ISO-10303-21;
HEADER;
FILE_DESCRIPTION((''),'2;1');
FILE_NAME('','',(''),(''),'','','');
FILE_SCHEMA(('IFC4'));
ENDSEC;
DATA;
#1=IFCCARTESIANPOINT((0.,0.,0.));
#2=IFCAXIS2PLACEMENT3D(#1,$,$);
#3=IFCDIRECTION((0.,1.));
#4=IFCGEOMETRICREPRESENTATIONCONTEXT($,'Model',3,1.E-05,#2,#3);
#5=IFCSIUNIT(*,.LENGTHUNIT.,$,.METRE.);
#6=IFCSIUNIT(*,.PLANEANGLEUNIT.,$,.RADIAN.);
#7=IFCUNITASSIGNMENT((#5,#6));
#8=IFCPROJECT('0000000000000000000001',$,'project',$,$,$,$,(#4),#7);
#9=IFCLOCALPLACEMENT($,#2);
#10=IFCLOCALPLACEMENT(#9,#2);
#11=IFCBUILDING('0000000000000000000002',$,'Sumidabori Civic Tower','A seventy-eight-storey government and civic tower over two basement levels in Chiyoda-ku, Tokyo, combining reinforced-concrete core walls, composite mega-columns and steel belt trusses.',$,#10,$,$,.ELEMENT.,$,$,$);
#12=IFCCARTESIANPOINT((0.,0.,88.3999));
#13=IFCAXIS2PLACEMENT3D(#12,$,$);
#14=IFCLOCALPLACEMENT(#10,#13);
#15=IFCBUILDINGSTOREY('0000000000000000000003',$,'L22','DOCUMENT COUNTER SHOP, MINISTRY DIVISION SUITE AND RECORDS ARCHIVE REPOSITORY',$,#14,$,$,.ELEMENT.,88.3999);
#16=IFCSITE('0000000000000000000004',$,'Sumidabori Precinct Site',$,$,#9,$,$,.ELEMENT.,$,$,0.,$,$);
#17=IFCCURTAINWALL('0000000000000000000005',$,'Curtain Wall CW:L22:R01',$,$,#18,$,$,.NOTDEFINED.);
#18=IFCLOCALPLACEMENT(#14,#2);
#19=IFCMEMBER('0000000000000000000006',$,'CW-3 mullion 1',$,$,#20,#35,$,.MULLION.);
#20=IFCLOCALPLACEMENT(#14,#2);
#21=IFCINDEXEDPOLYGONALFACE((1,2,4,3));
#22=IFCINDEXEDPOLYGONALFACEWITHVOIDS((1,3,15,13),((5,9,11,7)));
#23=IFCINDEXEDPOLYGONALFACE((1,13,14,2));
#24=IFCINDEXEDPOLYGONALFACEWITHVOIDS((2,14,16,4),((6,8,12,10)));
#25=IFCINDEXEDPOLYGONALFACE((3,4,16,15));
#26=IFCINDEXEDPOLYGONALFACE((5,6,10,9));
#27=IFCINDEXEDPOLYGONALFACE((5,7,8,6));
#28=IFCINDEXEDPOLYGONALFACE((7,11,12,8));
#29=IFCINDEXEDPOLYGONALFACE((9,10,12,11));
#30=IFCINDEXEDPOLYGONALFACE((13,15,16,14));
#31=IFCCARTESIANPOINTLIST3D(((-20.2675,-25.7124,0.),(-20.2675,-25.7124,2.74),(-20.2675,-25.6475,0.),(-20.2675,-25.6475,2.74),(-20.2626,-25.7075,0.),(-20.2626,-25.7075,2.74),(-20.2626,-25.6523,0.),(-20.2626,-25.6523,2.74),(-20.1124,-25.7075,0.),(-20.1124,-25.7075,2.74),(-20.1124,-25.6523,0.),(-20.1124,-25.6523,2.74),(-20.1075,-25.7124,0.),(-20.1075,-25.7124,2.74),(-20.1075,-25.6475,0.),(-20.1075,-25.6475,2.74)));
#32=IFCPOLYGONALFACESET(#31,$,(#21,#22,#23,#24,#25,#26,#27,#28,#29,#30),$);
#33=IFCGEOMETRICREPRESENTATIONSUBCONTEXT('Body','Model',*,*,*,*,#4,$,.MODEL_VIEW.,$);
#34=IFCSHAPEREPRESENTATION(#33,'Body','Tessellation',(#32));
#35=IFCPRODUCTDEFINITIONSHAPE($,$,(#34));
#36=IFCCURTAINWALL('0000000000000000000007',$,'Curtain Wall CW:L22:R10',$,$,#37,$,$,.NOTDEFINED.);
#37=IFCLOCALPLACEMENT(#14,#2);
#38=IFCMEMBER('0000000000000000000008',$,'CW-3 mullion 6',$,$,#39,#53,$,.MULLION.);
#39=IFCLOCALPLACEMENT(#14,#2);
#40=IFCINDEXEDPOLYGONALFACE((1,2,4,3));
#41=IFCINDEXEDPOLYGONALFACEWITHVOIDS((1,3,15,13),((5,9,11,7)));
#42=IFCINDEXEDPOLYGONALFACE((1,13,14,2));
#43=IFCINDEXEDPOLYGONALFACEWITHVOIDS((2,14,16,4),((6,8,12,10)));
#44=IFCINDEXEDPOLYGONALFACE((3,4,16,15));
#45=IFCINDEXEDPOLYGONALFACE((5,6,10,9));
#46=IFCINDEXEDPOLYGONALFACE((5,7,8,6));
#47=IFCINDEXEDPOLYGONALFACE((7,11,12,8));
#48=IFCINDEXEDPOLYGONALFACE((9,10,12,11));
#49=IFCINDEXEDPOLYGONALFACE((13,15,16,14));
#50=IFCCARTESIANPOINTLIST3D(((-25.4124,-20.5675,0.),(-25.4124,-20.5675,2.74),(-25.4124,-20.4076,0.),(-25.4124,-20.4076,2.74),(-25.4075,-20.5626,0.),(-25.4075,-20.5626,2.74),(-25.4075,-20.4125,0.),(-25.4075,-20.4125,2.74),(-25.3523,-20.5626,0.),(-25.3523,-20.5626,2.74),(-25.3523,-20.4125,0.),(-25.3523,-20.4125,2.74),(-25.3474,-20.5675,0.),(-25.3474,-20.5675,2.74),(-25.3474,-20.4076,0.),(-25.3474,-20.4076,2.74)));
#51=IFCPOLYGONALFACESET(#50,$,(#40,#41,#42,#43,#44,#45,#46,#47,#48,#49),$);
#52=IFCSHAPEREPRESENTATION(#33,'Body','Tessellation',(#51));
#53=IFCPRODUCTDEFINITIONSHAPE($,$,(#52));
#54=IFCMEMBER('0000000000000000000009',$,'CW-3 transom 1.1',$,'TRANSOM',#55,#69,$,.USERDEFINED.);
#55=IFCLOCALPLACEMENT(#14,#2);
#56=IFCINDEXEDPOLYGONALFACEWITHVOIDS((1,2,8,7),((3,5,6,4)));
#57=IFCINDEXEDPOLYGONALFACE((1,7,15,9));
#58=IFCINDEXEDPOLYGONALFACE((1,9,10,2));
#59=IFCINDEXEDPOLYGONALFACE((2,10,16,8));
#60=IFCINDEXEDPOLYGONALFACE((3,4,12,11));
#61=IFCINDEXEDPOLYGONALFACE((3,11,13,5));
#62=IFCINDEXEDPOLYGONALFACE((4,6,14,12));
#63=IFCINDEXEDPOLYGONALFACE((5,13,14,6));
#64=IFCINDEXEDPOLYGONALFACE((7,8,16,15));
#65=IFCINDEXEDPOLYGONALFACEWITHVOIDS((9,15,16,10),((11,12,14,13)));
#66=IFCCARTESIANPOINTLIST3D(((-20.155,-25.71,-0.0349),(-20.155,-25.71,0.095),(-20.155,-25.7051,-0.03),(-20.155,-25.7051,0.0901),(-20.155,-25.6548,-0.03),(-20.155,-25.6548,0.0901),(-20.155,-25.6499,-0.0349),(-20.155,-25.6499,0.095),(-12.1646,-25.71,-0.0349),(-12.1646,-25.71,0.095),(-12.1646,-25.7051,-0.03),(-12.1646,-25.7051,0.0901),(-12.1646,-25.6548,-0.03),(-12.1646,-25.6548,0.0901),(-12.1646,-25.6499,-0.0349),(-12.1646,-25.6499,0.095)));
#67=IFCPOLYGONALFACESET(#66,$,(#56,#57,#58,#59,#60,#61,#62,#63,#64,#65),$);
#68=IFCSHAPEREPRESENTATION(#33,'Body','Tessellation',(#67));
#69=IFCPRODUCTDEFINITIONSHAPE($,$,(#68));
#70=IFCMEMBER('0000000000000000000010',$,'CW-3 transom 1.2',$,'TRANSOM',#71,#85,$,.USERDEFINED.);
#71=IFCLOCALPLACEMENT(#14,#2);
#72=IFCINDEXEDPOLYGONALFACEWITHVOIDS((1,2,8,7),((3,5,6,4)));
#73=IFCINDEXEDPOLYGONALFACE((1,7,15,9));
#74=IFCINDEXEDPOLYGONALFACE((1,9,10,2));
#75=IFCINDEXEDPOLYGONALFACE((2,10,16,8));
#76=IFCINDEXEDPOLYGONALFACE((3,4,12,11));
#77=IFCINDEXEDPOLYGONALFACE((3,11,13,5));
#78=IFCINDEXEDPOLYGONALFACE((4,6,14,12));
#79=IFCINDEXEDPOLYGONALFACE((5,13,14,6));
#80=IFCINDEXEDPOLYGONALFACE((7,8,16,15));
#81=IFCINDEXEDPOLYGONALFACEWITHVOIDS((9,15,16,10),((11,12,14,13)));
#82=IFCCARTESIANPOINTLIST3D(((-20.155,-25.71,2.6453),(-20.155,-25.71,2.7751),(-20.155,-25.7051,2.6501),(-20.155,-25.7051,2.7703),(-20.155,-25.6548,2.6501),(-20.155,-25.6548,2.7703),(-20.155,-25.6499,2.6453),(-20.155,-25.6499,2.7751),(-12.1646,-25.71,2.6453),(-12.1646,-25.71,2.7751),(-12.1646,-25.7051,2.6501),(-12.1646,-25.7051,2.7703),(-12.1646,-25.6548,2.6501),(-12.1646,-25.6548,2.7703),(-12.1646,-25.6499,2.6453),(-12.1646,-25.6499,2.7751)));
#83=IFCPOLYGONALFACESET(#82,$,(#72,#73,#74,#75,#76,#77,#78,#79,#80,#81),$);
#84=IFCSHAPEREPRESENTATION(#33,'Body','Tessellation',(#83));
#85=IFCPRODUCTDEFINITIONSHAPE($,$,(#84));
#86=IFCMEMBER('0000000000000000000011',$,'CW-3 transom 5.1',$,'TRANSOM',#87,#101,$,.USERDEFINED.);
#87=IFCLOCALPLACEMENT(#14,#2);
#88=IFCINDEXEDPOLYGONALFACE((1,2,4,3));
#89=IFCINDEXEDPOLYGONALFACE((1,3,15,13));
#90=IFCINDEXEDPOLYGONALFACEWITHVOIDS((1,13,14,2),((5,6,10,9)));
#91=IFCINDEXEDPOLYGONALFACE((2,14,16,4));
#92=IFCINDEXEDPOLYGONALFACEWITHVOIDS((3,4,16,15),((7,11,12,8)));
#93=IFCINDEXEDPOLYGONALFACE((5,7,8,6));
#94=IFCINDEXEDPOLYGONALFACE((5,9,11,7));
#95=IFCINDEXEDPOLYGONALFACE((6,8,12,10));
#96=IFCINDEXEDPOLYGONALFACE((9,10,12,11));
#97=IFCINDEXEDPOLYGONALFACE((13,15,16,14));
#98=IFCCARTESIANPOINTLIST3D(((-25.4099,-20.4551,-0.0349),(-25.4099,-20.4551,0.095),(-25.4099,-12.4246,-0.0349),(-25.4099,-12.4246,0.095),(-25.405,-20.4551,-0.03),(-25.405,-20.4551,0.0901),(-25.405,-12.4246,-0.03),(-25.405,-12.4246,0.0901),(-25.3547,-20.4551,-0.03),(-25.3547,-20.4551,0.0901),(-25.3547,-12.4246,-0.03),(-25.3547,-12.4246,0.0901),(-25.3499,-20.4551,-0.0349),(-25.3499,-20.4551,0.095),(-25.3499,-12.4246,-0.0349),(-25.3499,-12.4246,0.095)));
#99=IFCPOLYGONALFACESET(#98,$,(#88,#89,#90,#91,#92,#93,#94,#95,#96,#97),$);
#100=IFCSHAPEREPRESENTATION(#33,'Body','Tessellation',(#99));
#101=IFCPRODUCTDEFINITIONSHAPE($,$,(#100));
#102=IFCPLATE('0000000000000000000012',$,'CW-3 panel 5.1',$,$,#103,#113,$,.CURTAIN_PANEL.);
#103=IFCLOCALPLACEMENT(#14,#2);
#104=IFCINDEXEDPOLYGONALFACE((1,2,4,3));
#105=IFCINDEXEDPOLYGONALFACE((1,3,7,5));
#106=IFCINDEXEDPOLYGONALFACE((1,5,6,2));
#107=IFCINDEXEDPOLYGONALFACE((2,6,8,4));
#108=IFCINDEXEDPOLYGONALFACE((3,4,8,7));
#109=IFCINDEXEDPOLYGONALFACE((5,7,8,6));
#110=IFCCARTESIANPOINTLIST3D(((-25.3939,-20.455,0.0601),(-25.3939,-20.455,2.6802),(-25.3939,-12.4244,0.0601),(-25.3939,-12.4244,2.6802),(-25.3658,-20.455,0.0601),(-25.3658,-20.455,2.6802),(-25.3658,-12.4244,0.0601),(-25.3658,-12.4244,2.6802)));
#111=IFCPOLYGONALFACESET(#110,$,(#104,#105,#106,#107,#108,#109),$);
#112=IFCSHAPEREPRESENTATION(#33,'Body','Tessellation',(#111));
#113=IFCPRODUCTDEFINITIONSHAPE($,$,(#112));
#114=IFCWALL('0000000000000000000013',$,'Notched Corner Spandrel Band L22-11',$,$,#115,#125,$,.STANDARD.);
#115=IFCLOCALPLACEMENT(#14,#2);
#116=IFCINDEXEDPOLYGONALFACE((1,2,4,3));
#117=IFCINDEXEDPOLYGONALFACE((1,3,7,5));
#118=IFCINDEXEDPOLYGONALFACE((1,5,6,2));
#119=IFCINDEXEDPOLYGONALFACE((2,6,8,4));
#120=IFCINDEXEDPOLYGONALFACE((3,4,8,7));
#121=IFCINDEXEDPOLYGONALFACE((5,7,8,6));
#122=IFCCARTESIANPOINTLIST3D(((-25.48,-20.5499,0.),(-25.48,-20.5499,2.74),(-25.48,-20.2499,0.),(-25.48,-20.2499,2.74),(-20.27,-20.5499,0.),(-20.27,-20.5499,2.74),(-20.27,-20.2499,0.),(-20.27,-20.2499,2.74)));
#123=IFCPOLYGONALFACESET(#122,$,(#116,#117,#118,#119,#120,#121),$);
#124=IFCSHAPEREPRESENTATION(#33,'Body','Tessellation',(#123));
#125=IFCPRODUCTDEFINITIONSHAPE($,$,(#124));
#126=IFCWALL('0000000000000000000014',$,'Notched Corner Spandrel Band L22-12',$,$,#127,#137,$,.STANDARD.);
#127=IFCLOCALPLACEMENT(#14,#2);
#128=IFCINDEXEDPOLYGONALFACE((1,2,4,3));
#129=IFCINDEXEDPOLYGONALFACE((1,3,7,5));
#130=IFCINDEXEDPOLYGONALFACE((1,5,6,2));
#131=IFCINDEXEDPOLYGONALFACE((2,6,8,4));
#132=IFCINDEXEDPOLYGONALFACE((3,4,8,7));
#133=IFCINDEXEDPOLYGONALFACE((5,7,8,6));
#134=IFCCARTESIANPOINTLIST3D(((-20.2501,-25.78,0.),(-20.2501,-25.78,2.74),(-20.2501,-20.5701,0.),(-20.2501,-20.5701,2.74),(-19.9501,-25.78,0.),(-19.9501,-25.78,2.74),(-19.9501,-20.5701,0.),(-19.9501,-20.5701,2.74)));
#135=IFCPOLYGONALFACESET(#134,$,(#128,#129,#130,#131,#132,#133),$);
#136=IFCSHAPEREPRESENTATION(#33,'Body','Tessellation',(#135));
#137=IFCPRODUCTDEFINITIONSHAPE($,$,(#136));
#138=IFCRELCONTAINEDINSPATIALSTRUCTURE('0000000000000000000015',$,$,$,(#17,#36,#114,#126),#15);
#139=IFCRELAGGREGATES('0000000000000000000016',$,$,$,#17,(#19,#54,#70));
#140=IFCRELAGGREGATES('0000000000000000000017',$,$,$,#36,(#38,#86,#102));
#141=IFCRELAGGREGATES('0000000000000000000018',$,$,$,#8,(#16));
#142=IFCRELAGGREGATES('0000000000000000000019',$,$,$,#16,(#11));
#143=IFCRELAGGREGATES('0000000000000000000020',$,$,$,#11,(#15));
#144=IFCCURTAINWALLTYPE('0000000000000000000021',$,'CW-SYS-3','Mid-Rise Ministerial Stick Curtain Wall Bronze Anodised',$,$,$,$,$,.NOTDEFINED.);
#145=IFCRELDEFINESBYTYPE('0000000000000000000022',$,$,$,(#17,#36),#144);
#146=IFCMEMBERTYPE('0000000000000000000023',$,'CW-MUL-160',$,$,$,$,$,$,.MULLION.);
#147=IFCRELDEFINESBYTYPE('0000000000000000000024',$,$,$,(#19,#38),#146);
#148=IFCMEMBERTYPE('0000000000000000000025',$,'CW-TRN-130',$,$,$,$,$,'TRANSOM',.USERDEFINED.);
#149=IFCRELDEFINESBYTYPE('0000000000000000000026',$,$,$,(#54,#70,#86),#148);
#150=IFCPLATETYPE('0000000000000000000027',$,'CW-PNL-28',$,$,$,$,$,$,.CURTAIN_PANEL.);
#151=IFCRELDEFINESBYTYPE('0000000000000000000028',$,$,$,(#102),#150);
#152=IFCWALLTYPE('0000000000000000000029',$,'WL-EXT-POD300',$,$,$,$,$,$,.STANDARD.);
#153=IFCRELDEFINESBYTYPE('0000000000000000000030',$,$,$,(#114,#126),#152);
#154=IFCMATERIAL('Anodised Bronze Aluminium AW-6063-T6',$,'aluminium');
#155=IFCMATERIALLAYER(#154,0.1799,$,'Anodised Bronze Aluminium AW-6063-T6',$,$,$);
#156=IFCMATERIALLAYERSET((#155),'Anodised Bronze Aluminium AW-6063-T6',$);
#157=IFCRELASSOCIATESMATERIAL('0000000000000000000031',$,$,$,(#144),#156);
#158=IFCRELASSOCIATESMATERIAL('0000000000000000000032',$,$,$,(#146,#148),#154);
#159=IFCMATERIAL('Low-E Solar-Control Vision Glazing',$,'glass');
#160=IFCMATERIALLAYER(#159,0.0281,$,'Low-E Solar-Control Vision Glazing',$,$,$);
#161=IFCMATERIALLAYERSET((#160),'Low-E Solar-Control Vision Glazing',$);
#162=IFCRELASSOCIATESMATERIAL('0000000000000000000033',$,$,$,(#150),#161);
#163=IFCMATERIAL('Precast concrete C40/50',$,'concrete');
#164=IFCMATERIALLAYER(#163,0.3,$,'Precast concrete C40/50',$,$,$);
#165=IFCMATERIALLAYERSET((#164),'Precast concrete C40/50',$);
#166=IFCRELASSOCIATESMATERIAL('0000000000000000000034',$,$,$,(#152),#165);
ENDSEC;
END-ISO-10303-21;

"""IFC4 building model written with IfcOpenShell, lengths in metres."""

from ifc_helpers import new_model, si_unit, direction, frame, frame_2d, origin, origin_2d, place, context, subcontext, project, spatial, rectangle, hollow_rectangle, extrude, source, transform, mapped, material, layer, layer_set, material_profile, profile_set, type_object, element, aggregate, save


model = new_model("IFC4")

# Units and contexts
model_context = context("Model", 3, precision=1e-05, world=origin(), true_north=direction((0.0, 1.0)))
body_context = subcontext(model_context, "Body", "Model", "MODEL_VIEW")
ifc_project = project(units=[si_unit("LENGTHUNIT", "METRE"), si_unit("PLANEANGLEUNIT", "RADIAN")], contexts=[model_context])

# Site, building, storey
site_placement = place(None, origin())
site = spatial("IfcSite", under=ifc_project, at=site_placement, Name="Sumidabori Precinct Site", CompositionType="ELEMENT", RefElevation=0.0)
building_placement = place(site_placement, origin())
building = spatial("IfcBuilding", under=site, at=building_placement, Name="Sumidabori Civic Tower", Description="A seventy-eight-storey government and civic tower over two basement levels in Chiyoda-ku, Tokyo, combining reinforced-concrete core walls, composite mega-columns and steel belt trusses.", CompositionType="ELEMENT")
storey_placement = place(building_placement, frame((0.0, 0.0, 88.3999)))
storey = spatial("IfcBuildingStorey", under=building, at=storey_placement, Name="L22", Description="DOCUMENT COUNTER SHOP, MINISTRY DIVISION SUITE AND RECORDS ARCHIVE REPOSITORY", CompositionType="ELEMENT", Elevation=88.3999)

# Curtain walls, members
ifc_material_1 = material(Name="Anodised Bronze Aluminium AW-6063-T6", Category="aluminium")
ifc_layer_1 = layer(ifc_material_1, 0.1799, Name="Anodised Bronze Aluminium AW-6063-T6")
ifc_layer_set_1 = layer_set([ifc_layer_1], Name="Anodised Bronze Aluminium AW-6063-T6")
curtain_wall_type = type_object("IfcCurtainWallType", Name="CW-SYS-3", Description="Mid-Rise Ministerial Stick Curtain Wall Bronze Anodised", PredefinedType="NOTDEFINED", material=ifc_layer_set_1)
curtain_wall_1_placement = place(storey_placement, origin())
curtain_wall_1 = element("IfcCurtainWall", 1, at=curtain_wall_1_placement, inside=storey, type_object=curtain_wall_type, Name="Curtain Wall CW:L22:R01", PredefinedType="NOTDEFINED")
ifc_material_profile_1 = material_profile(ifc_material_1, hollow_rectangle(XDim=0.0649, YDim=0.1599, WallThickness=0.0049, at=origin_2d()), Name="ALU MULLION 160x65")
ifc_profile_set_1 = profile_set([ifc_material_profile_1], Name="Anodised Bronze Aluminium AW-6063-T6")
member_type_1 = type_object("IfcMemberType", Name="CW-MUL-160", PredefinedType="MULLION", material=ifc_profile_set_1)
shared_shape_1 = source(origin(), body_context, "Body", "SweptSolid", [
    extrude(hollow_rectangle(XDim=0.0649, YDim=0.1599, WallThickness=0.0049, at=origin_2d()), origin(), (0.0, 0.0, 1.0), 2.74),
])
member_1_placement = place(storey_placement, frame((-20.1875, -25.6799, 0.0), z_axis=(0.0, 0.0, 1.0), x_axis=(0.0, 1.0, 0.0)))
member_1 = element("IfcMember", 2, at=member_1_placement, type_object=member_type_1, Name="CW-3 mullion 1", PredefinedType="MULLION", context=body_context, shape_type="MappedRepresentation", body=[
    mapped(shared_shape_1, transform((0.0, 0.0, 0.0), x_axis=(1.0, 0.0, 0.0), y_axis=(0.0, 1.0, 0.0), z_axis=(0.0, 0.0, 1.0), scale=1.0)),
])
curtain_wall_2_placement = place(storey_placement, origin())
curtain_wall_2 = element("IfcCurtainWall", 3, at=curtain_wall_2_placement, inside=storey, type_object=curtain_wall_type, Name="Curtain Wall CW:L22:R10", PredefinedType="NOTDEFINED")
member_2_placement = place(storey_placement, frame((-25.3799, -20.4875, 0.0), z_axis=(0.0, 0.0, 1.0), x_axis=(1.0, 0.0, 0.0)))
member_2 = element("IfcMember", 4, at=member_2_placement, type_object=member_type_1, Name="CW-3 mullion 6", PredefinedType="MULLION", context=body_context, shape_type="MappedRepresentation", body=[
    mapped(shared_shape_1, transform((0.0, 0.0, 0.0), x_axis=(1.0, 0.0, 0.0), y_axis=(0.0, 1.0, 0.0), z_axis=(0.0, 0.0, 1.0), scale=1.0)),
])

# Members
ifc_material_profile_2 = material_profile(ifc_material_1, hollow_rectangle(XDim=0.0601, YDim=0.1299, WallThickness=0.0049, at=origin_2d()), Name="ALU TRANSOM 130x60")
ifc_profile_set_2 = profile_set([ifc_material_profile_2], Name="Anodised Bronze Aluminium AW-6063-T6")
member_type_2 = type_object("IfcMemberType", Name="CW-TRN-130", ElementType="TRANSOM", PredefinedType="USERDEFINED", material=ifc_profile_set_2)
shared_shape_2 = source(origin(), body_context, "Body", "SweptSolid", [
    extrude(hollow_rectangle(XDim=0.0601, YDim=0.1299, WallThickness=0.0049, at=origin_2d()), origin(), (0.0, 0.0, 1.0), 7.9905),
])
member_3_placement = place(storey_placement, frame((-20.155, -25.6799, 0.03), z_axis=(1.0, 0.0, 0.0), x_axis=(0.0, 1.0, 0.0)))
member_3 = element("IfcMember", 5, at=member_3_placement, type_object=member_type_2, Name="CW-3 transom 1.1", ObjectType="TRANSOM", PredefinedType="USERDEFINED", context=body_context, shape_type="MappedRepresentation", body=[
    mapped(shared_shape_2, transform((0.0, 0.0, 0.0), x_axis=(1.0, 0.0, 0.0), y_axis=(0.0, 1.0, 0.0), z_axis=(0.0, 0.0, 1.0), scale=1.0)),
])
member_4_placement = place(storey_placement, frame((-20.155, -25.6799, 2.7102), z_axis=(1.0, 0.0, 0.0), x_axis=(0.0, 1.0, 0.0)))
member_4 = element("IfcMember", 6, at=member_4_placement, type_object=member_type_2, Name="CW-3 transom 1.2", ObjectType="TRANSOM", PredefinedType="USERDEFINED", context=body_context, shape_type="MappedRepresentation", body=[
    mapped(shared_shape_2, transform((0.0, 0.0, 0.0), x_axis=(1.0, 0.0, 0.0), y_axis=(0.0, 1.0, 0.0), z_axis=(0.0, 0.0, 1.0), scale=1.0)),
])
aggregate(curtain_wall_1, [member_1, member_3, member_4])
shared_shape_3 = source(origin(), body_context, "Body", "SweptSolid", [
    extrude(hollow_rectangle(XDim=0.0601, YDim=0.1299, WallThickness=0.0049, at=origin_2d()), origin(), (0.0, 0.0, 1.0), 8.0305),
])
member_5_placement = place(storey_placement, frame((-25.3799, -12.4246, 0.03), z_axis=(0.0, -1.0, 0.0), x_axis=(1.0, 0.0, 0.0)))
member_5 = element("IfcMember", 7, at=member_5_placement, type_object=member_type_2, Name="CW-3 transom 5.1", ObjectType="TRANSOM", PredefinedType="USERDEFINED", context=body_context, shape_type="MappedRepresentation", body=[
    mapped(shared_shape_3, transform((0.0, 0.0, 0.0), x_axis=(1.0, 0.0, 0.0), y_axis=(0.0, 1.0, 0.0), z_axis=(0.0, 0.0, 1.0), scale=1.0)),
])

# Plate
ifc_material_2 = material(Name="Low-E Solar-Control Vision Glazing", Category="glass")
ifc_layer_2 = layer(ifc_material_2, 0.0281, Name="Low-E Solar-Control Vision Glazing")
ifc_layer_set_2 = layer_set([ifc_layer_2], Name="Low-E Solar-Control Vision Glazing")
plate_type = type_object("IfcPlateType", Name="CW-PNL-28", PredefinedType="CURTAIN_PANEL", material=ifc_layer_set_2)
shared_shape_4 = source(origin(), body_context, "Body", "SweptSolid", [
    extrude(rectangle(XDim=8.0305, YDim=0.0281, at=origin_2d()), origin(), (0.0, 0.0, 1.0), 2.6201),
])
plate_placement = place(storey_placement, frame((-25.3799, -16.4397, 0.0601), z_axis=(0.0, 0.0, 1.0), x_axis=(0.0, -1.0, 0.0)))
plate = element("IfcPlate", 8, at=plate_placement, type_object=plate_type, Name="CW-3 panel 5.1", PredefinedType="CURTAIN_PANEL", context=body_context, shape_type="MappedRepresentation", body=[
    mapped(shared_shape_4, transform((0.0, 0.0, 0.0), x_axis=(1.0, 0.0, 0.0), y_axis=(0.0, 1.0, 0.0), z_axis=(0.0, 0.0, 1.0), scale=1.0)),
])
aggregate(curtain_wall_2, [member_2, member_5, plate])

# Walls
ifc_material_3 = material(Name="Precast concrete C40/50", Category="concrete")
ifc_layer_3 = layer(ifc_material_3, 0.3, Name="Precast concrete C40/50")
ifc_layer_set_3 = layer_set([ifc_layer_3], Name="Precast concrete C40/50")
wall_type_1 = type_object("IfcWallType", Name="WL-EXT-POD300", PredefinedType="STANDARD", material=ifc_layer_set_3)
shared_shape_5 = source(origin(), body_context, "Body", "SweptSolid", [
    extrude(rectangle(XDim=5.21, YDim=0.3, at=frame_2d((2.605, 0.0))), origin(), (0.0, 0.0, 1.0), 2.74),
])
for number, where, z_axis, x_axis, name in (
    (9, (-25.48, -20.3999, 0.0), (0.0, 0.0, 1.0), (1.0, 0.0, 0.0), "Notched Corner Spandrel Band L22-11"),
    (10, (-20.1001, -20.5701, 0.0), (0.0, 0.0, 1.0), (0.0, -1.0, 0.0), "Notched Corner Spandrel Band L22-12"),
):
    element("IfcWall", number, at=place(storey_placement, frame(where, z_axis=z_axis, x_axis=x_axis)), inside=storey, type_object=wall_type_1, Name=name, PredefinedType="STANDARD", context=body_context, shape_type="MappedRepresentation", body=[
        mapped(shared_shape_5, transform((0.0, 0.0, 0.0), x_axis=(1.0, 0.0, 0.0), y_axis=(0.0, 1.0, 0.0), z_axis=(0.0, 0.0, 1.0), scale=1.0)),
    ])

save(model, "model.ifc")
